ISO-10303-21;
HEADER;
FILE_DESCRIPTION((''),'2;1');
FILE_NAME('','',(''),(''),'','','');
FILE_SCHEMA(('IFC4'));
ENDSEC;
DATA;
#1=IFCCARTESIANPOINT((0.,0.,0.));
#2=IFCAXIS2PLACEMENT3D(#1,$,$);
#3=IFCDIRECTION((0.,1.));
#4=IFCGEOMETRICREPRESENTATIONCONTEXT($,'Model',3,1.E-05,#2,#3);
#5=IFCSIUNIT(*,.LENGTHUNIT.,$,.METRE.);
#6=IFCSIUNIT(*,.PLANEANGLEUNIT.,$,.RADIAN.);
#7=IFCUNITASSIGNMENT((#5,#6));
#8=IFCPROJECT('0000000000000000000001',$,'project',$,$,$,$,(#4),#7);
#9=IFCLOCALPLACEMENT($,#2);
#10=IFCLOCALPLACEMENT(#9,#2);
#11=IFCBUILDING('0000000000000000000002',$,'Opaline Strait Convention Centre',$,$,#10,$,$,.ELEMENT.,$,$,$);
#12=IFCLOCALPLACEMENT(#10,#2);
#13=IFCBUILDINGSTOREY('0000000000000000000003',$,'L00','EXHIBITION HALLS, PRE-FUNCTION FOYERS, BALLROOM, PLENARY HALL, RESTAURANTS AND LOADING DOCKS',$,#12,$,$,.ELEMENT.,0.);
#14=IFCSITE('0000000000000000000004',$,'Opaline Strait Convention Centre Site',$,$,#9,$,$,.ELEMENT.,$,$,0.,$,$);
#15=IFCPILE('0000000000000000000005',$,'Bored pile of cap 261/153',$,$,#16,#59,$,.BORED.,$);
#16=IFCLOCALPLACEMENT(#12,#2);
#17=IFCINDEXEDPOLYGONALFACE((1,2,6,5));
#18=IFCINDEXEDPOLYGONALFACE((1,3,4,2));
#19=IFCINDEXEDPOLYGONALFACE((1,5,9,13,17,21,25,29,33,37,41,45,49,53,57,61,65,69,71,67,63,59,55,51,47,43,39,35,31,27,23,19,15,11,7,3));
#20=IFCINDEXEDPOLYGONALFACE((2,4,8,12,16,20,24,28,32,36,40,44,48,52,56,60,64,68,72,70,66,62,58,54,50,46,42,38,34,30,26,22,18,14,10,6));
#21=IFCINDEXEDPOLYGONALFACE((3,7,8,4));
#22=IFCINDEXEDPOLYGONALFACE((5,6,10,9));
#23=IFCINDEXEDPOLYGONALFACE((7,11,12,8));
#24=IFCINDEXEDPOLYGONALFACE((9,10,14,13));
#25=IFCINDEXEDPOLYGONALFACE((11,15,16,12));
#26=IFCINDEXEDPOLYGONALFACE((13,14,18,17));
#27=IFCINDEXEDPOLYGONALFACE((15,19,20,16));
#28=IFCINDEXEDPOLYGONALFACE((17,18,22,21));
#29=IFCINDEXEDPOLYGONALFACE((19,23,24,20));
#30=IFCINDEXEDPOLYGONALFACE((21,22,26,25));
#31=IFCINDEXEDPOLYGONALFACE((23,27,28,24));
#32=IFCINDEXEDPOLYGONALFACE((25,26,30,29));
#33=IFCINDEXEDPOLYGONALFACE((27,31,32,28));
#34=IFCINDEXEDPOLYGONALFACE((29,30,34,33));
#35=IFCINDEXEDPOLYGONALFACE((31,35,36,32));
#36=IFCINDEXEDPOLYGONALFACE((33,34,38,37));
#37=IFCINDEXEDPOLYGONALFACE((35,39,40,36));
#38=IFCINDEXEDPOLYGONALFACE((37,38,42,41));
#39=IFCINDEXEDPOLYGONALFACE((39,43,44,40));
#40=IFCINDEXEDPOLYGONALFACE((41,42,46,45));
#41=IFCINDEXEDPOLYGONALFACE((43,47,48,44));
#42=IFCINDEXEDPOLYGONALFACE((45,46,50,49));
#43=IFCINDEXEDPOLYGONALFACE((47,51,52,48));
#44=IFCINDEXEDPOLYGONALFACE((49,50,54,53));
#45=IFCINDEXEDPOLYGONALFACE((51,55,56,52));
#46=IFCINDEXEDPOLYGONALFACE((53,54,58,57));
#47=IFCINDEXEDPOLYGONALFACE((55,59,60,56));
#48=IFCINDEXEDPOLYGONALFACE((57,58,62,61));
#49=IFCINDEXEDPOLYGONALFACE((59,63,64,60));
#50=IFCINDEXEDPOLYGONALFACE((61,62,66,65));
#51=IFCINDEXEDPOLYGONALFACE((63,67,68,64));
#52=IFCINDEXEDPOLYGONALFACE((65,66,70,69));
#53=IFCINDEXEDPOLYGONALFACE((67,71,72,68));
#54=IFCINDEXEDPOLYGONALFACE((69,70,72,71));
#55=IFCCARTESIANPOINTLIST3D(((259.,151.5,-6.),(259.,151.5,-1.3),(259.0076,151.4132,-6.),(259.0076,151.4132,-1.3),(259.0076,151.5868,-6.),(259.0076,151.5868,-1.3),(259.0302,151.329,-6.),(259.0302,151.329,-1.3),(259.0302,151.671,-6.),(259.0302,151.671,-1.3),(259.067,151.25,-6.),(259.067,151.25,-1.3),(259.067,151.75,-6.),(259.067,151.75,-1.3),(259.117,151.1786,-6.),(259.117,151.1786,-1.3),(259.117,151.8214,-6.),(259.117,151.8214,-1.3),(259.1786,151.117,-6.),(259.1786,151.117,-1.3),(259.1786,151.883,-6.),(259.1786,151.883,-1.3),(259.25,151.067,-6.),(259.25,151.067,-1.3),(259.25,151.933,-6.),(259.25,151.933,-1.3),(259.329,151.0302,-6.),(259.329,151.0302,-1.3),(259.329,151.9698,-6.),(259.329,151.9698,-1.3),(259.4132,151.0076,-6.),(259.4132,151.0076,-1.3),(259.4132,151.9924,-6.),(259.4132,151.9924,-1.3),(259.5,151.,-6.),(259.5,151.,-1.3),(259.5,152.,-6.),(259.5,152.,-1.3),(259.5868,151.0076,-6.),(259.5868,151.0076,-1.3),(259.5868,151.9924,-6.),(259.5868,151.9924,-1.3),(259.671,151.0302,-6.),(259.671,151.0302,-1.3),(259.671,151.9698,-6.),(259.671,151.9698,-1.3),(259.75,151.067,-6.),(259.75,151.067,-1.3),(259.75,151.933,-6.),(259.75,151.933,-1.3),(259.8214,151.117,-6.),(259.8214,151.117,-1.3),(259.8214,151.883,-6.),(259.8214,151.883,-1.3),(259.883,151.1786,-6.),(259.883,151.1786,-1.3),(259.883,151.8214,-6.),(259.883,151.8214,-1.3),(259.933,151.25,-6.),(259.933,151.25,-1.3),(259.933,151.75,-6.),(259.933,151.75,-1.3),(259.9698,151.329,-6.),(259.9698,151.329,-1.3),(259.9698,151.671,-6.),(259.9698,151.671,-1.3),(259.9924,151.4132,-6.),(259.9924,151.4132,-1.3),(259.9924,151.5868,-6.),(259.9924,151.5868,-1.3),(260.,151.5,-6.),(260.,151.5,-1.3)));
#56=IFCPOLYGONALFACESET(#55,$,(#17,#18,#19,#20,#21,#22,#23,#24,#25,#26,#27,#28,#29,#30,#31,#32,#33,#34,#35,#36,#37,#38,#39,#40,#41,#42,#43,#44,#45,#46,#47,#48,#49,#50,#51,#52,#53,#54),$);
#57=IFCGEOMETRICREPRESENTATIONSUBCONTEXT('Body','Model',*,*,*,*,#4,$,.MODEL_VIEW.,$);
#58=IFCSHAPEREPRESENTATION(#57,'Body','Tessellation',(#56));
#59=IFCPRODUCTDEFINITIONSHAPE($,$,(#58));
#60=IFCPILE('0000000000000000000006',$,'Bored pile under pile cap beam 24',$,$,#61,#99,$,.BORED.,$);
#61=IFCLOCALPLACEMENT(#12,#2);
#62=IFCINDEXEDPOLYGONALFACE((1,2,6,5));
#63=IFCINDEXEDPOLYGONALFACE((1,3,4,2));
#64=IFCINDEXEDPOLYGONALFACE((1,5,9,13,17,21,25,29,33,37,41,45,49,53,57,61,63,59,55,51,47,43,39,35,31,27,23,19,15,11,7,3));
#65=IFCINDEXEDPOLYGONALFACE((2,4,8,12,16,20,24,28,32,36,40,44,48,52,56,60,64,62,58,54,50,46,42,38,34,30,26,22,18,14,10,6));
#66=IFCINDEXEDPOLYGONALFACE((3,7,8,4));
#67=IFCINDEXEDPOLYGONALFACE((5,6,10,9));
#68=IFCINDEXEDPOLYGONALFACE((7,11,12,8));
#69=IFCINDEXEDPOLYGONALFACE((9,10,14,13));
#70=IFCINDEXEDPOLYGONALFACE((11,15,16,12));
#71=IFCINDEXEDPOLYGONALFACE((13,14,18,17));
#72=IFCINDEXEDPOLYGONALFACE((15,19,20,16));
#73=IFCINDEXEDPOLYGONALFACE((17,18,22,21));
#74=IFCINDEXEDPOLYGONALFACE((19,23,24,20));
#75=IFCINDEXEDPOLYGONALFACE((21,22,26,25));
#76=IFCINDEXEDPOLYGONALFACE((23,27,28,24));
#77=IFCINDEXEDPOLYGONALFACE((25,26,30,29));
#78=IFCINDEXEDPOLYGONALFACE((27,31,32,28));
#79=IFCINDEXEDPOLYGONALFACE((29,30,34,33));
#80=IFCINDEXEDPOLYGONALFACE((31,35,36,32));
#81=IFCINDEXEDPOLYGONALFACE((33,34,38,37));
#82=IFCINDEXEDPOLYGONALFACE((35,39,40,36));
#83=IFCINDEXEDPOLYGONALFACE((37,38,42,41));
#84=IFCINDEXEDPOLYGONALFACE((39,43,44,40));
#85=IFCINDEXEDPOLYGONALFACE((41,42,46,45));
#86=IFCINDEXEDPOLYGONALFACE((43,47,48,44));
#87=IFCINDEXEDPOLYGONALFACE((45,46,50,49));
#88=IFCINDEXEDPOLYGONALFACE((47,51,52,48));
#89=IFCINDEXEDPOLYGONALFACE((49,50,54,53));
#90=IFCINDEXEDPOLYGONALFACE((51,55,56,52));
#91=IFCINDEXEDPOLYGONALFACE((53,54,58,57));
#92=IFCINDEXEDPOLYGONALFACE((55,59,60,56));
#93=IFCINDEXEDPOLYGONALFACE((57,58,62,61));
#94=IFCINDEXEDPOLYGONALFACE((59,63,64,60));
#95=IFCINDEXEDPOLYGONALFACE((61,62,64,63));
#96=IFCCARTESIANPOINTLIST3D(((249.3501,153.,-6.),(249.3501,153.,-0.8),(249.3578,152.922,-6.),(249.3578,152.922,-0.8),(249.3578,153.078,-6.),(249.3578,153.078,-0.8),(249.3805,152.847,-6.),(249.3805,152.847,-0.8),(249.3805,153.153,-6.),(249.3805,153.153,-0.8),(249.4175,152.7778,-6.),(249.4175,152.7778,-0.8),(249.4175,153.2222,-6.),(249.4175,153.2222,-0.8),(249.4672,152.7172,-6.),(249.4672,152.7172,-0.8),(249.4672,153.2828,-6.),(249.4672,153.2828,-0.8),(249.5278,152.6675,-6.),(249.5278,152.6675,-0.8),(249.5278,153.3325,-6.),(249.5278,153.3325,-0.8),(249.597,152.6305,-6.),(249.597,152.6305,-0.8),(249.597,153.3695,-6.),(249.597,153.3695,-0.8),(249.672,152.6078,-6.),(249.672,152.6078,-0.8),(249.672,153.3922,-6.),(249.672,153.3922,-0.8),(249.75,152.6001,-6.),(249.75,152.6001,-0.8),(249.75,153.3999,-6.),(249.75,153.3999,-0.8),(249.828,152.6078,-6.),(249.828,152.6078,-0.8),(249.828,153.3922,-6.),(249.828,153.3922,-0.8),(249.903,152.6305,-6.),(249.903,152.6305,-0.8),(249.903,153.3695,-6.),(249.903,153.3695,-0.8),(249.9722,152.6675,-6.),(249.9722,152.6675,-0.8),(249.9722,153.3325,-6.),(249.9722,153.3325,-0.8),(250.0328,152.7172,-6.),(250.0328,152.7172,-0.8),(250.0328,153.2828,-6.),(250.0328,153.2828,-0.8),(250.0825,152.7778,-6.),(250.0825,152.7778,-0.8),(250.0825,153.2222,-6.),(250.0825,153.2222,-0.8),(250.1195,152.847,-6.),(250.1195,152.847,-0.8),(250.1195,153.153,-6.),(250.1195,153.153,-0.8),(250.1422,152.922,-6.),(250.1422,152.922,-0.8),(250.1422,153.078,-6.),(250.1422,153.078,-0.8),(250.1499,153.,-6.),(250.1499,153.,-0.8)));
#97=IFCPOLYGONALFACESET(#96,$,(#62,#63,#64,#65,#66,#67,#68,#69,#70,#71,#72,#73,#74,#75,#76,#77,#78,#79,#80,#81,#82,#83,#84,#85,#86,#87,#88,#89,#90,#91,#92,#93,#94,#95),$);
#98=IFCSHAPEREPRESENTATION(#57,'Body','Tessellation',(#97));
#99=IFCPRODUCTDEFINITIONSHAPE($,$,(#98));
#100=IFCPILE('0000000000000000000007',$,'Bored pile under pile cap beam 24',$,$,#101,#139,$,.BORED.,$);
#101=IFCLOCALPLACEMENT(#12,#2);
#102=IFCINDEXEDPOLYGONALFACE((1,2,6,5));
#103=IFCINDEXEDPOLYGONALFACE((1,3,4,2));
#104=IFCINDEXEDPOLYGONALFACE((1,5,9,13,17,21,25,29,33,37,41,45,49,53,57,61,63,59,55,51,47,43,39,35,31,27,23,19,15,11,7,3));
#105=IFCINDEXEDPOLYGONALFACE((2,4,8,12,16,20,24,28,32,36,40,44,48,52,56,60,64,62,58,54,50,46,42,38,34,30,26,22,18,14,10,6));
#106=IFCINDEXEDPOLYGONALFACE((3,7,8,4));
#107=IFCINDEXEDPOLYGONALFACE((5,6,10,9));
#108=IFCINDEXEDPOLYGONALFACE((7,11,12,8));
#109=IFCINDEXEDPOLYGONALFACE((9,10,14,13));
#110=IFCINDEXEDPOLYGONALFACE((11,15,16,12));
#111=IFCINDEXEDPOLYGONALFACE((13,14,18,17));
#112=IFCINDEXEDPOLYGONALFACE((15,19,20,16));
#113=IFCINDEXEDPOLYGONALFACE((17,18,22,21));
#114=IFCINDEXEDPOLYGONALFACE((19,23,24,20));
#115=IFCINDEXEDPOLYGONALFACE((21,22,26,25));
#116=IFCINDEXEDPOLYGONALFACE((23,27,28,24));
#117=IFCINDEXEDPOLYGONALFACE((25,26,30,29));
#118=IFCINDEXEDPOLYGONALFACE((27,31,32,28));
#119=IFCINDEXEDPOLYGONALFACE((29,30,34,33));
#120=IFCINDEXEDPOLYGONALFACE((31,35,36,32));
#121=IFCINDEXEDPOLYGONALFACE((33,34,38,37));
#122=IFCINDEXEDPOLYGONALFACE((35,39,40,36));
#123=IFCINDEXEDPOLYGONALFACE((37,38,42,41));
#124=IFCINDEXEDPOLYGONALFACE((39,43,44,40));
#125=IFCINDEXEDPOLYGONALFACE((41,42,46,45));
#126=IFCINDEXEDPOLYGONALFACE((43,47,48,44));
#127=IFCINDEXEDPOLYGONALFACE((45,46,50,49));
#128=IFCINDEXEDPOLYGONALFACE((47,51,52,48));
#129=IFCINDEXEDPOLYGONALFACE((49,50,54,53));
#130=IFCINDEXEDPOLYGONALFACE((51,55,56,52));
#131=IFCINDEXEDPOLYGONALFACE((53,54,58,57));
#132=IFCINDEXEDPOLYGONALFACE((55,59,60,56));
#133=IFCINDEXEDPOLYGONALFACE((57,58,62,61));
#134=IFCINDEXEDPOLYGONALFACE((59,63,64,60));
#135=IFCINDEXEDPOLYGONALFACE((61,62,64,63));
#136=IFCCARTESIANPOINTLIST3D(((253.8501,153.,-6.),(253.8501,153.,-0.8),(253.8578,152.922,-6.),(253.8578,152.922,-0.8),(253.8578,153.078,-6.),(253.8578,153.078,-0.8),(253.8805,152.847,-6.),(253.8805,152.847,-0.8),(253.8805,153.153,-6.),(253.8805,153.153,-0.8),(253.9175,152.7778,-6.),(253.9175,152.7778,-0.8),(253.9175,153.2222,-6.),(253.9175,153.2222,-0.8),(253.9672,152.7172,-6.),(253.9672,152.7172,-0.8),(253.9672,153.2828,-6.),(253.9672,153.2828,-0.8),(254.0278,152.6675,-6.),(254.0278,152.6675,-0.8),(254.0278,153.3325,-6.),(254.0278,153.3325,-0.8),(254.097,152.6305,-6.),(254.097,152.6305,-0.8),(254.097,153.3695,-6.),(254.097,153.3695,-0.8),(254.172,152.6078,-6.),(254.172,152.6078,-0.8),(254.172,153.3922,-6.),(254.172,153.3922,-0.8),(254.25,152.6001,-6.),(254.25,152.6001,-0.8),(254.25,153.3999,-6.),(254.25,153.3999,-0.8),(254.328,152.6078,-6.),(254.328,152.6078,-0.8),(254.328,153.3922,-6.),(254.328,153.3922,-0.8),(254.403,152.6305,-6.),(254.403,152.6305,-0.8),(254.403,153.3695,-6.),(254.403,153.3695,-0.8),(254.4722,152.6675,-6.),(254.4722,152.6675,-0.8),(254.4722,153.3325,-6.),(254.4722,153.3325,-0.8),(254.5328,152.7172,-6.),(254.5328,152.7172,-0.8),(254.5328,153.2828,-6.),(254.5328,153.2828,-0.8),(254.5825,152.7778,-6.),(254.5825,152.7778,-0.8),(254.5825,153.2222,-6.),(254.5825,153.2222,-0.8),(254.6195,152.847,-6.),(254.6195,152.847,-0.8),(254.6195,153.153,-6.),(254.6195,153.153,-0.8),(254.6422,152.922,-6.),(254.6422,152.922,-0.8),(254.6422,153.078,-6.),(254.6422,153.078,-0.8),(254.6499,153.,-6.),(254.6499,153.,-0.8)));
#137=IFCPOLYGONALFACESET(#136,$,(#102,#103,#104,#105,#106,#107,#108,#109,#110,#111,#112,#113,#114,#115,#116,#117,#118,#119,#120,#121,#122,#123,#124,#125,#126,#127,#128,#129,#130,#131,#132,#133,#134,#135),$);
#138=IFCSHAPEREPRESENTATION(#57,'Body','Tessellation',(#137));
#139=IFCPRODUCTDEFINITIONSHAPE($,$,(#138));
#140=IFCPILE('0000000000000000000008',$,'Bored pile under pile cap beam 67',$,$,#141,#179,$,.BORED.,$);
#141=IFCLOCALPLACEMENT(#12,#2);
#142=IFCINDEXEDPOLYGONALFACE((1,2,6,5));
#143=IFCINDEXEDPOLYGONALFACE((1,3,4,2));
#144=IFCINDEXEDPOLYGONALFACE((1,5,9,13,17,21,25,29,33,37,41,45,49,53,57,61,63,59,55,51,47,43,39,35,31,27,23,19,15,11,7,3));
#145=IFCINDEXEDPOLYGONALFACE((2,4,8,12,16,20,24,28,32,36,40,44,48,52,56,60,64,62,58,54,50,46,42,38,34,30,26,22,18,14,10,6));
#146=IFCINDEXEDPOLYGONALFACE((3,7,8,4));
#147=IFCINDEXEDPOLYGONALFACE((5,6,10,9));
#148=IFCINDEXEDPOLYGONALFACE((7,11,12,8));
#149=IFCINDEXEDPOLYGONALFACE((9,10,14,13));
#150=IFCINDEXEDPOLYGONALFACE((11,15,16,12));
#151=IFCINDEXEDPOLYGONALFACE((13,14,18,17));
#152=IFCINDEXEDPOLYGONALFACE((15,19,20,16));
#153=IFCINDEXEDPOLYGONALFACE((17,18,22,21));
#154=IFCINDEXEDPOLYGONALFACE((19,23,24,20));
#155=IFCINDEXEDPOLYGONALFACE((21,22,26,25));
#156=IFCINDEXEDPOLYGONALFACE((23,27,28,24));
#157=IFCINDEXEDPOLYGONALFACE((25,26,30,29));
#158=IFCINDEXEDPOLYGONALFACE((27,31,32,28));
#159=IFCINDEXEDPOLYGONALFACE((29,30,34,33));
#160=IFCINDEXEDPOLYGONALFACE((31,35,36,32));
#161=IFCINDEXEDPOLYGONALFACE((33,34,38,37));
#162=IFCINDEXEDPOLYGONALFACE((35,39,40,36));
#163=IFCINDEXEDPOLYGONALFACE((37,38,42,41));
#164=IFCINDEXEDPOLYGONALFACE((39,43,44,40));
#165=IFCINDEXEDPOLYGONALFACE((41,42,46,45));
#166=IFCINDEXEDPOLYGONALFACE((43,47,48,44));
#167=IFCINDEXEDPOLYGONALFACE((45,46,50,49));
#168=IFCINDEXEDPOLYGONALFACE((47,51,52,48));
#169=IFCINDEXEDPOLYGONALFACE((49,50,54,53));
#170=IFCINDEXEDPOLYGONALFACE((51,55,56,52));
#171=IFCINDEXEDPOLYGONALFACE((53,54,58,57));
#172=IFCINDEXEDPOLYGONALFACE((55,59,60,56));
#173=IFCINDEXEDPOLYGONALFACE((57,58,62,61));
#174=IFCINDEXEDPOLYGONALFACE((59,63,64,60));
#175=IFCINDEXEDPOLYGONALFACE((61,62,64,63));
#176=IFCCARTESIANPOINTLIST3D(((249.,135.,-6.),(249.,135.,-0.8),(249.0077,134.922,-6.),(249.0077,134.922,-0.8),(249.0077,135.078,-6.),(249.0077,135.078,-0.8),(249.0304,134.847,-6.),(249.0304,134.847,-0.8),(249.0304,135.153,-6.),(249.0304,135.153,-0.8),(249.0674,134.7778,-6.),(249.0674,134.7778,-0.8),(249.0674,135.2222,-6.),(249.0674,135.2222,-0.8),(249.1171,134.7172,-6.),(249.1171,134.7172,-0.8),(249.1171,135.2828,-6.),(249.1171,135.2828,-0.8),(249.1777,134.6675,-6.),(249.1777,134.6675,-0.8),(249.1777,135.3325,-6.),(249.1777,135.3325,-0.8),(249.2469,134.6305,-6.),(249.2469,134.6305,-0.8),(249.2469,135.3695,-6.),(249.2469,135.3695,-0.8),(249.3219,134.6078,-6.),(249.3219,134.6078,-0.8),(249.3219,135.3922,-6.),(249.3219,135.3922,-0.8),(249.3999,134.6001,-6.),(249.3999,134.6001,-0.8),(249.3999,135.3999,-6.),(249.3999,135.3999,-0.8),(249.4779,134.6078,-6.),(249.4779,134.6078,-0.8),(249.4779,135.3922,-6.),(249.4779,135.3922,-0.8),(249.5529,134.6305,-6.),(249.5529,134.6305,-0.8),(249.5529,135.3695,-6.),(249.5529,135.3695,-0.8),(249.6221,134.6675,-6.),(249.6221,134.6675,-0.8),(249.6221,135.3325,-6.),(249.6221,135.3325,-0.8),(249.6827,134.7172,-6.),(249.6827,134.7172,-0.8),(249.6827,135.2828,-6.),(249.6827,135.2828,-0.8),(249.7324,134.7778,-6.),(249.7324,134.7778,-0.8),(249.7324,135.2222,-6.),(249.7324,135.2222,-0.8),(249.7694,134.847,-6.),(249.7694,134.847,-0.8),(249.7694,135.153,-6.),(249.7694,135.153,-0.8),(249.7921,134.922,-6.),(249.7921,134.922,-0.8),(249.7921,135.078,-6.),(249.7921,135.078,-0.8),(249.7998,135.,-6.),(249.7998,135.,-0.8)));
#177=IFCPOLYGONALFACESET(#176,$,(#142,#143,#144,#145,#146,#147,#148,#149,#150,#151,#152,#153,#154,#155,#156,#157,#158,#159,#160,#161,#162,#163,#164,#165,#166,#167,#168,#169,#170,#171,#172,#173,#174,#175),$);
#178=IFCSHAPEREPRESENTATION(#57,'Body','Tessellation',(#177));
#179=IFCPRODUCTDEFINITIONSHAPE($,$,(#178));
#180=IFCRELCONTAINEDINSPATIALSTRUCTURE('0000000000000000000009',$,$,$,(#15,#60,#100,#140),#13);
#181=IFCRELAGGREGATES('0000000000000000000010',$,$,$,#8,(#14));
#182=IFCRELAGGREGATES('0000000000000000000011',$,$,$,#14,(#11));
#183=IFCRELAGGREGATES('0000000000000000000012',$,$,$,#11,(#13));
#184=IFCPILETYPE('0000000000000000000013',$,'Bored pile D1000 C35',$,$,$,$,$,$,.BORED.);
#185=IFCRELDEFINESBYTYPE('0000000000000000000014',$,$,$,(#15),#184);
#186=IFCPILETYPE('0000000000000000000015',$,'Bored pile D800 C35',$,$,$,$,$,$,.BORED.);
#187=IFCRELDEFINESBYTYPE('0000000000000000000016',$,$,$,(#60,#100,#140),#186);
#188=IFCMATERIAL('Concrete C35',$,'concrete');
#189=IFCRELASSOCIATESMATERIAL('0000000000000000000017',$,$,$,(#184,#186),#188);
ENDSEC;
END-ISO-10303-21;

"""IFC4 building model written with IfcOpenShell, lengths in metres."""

from ifc_helpers import new_model, si_unit, direction, frame, origin, origin_2d, place, context, subcontext, project, spatial, circle, extrude, material, material_profile, profile_set, type_object, element, save


model = new_model("IFC4")

# Units and contexts
model_context = context("Model", 3, precision=1e-05, world=origin(), true_north=direction((0.0, 1.0)))
body_context = subcontext(model_context, "Body", "Model", "MODEL_VIEW")
ifc_project = project(units=[si_unit("LENGTHUNIT", "METRE"), si_unit("PLANEANGLEUNIT", "RADIAN")], contexts=[model_context])

# Site, building, storey
site_placement = place(None, origin())
site = spatial("IfcSite", under=ifc_project, at=site_placement, Name="Opaline Strait Convention Centre Site", CompositionType="ELEMENT", RefElevation=0.0)
building_placement = place(site_placement, origin())
building = spatial("IfcBuilding", under=site, at=building_placement, Name="Opaline Strait Convention Centre", CompositionType="ELEMENT")
storey_placement = place(building_placement, origin())
storey = spatial("IfcBuildingStorey", under=building, at=storey_placement, Name="L00", Description="EXHIBITION HALLS, PRE-FUNCTION FOYERS, BALLROOM, PLENARY HALL, RESTAURANTS AND LOADING DOCKS", CompositionType="ELEMENT", Elevation=0.0)

# Piles
ifc_material_1 = material(Name="Concrete C35", Category="concrete")
ifc_material_profile_1 = material_profile(ifc_material_1, circle(Radius=0.5, at=origin_2d()), Name="D1000")
ifc_profile_set_1 = profile_set([ifc_material_profile_1], Name="Concrete C35")
pile_type_1 = type_object("IfcPileType", Name="Bored pile D1000 C35", PredefinedType="BORED", material=ifc_profile_set_1)
for number, where, z_axis, x_axis, name in (
    (1, (259.5, 151.5, -1.3), (0.0, 0.0, -1.0), (1.0, 0.0, 0.0), "Bored pile of cap 261/153"),
):
    element("IfcPile", number, at=place(storey_placement, frame(where, z_axis=z_axis, x_axis=x_axis)), inside=storey, type_object=pile_type_1, Name=name, PredefinedType="BORED", context=body_context, shape_type="SweptSolid", body=[
        extrude(circle(Radius=0.5, at=origin_2d()), origin(), (0.0, 0.0, 1.0), 4.7),
    ])
ifc_material_profile_2 = material_profile(ifc_material_1, circle(Radius=0.3999, at=origin_2d()), Name="D800")
ifc_profile_set_2 = profile_set([ifc_material_profile_2], Name="Concrete C35")
pile_type_2 = type_object("IfcPileType", Name="Bored pile D800 C35", PredefinedType="BORED", material=ifc_profile_set_2)
for number, where, z_axis, x_axis, name in (
    (2, (249.75, 153.0, -0.8), (0.0, 0.0, -1.0), (1.0, 0.0, 0.0), "Bored pile under pile cap beam 24"),
    (3, (254.25, 153.0, -0.8), (0.0, 0.0, -1.0), (1.0, 0.0, 0.0), "Bored pile under pile cap beam 24"),
    (4, (249.3999, 135.0, -0.8), (0.0, 0.0, -1.0), (1.0, 0.0, 0.0), "Bored pile under pile cap beam 67"),
):
    element("IfcPile", number, at=place(storey_placement, frame(where, z_axis=z_axis, x_axis=x_axis)), inside=storey, type_object=pile_type_2, Name=name, PredefinedType="BORED", context=body_context, shape_type="SweptSolid", body=[
        extrude(circle(Radius=0.3999, at=origin_2d()), origin(), (0.0, 0.0, 1.0), 5.2),
    ])

save(model, "model.ifc")
